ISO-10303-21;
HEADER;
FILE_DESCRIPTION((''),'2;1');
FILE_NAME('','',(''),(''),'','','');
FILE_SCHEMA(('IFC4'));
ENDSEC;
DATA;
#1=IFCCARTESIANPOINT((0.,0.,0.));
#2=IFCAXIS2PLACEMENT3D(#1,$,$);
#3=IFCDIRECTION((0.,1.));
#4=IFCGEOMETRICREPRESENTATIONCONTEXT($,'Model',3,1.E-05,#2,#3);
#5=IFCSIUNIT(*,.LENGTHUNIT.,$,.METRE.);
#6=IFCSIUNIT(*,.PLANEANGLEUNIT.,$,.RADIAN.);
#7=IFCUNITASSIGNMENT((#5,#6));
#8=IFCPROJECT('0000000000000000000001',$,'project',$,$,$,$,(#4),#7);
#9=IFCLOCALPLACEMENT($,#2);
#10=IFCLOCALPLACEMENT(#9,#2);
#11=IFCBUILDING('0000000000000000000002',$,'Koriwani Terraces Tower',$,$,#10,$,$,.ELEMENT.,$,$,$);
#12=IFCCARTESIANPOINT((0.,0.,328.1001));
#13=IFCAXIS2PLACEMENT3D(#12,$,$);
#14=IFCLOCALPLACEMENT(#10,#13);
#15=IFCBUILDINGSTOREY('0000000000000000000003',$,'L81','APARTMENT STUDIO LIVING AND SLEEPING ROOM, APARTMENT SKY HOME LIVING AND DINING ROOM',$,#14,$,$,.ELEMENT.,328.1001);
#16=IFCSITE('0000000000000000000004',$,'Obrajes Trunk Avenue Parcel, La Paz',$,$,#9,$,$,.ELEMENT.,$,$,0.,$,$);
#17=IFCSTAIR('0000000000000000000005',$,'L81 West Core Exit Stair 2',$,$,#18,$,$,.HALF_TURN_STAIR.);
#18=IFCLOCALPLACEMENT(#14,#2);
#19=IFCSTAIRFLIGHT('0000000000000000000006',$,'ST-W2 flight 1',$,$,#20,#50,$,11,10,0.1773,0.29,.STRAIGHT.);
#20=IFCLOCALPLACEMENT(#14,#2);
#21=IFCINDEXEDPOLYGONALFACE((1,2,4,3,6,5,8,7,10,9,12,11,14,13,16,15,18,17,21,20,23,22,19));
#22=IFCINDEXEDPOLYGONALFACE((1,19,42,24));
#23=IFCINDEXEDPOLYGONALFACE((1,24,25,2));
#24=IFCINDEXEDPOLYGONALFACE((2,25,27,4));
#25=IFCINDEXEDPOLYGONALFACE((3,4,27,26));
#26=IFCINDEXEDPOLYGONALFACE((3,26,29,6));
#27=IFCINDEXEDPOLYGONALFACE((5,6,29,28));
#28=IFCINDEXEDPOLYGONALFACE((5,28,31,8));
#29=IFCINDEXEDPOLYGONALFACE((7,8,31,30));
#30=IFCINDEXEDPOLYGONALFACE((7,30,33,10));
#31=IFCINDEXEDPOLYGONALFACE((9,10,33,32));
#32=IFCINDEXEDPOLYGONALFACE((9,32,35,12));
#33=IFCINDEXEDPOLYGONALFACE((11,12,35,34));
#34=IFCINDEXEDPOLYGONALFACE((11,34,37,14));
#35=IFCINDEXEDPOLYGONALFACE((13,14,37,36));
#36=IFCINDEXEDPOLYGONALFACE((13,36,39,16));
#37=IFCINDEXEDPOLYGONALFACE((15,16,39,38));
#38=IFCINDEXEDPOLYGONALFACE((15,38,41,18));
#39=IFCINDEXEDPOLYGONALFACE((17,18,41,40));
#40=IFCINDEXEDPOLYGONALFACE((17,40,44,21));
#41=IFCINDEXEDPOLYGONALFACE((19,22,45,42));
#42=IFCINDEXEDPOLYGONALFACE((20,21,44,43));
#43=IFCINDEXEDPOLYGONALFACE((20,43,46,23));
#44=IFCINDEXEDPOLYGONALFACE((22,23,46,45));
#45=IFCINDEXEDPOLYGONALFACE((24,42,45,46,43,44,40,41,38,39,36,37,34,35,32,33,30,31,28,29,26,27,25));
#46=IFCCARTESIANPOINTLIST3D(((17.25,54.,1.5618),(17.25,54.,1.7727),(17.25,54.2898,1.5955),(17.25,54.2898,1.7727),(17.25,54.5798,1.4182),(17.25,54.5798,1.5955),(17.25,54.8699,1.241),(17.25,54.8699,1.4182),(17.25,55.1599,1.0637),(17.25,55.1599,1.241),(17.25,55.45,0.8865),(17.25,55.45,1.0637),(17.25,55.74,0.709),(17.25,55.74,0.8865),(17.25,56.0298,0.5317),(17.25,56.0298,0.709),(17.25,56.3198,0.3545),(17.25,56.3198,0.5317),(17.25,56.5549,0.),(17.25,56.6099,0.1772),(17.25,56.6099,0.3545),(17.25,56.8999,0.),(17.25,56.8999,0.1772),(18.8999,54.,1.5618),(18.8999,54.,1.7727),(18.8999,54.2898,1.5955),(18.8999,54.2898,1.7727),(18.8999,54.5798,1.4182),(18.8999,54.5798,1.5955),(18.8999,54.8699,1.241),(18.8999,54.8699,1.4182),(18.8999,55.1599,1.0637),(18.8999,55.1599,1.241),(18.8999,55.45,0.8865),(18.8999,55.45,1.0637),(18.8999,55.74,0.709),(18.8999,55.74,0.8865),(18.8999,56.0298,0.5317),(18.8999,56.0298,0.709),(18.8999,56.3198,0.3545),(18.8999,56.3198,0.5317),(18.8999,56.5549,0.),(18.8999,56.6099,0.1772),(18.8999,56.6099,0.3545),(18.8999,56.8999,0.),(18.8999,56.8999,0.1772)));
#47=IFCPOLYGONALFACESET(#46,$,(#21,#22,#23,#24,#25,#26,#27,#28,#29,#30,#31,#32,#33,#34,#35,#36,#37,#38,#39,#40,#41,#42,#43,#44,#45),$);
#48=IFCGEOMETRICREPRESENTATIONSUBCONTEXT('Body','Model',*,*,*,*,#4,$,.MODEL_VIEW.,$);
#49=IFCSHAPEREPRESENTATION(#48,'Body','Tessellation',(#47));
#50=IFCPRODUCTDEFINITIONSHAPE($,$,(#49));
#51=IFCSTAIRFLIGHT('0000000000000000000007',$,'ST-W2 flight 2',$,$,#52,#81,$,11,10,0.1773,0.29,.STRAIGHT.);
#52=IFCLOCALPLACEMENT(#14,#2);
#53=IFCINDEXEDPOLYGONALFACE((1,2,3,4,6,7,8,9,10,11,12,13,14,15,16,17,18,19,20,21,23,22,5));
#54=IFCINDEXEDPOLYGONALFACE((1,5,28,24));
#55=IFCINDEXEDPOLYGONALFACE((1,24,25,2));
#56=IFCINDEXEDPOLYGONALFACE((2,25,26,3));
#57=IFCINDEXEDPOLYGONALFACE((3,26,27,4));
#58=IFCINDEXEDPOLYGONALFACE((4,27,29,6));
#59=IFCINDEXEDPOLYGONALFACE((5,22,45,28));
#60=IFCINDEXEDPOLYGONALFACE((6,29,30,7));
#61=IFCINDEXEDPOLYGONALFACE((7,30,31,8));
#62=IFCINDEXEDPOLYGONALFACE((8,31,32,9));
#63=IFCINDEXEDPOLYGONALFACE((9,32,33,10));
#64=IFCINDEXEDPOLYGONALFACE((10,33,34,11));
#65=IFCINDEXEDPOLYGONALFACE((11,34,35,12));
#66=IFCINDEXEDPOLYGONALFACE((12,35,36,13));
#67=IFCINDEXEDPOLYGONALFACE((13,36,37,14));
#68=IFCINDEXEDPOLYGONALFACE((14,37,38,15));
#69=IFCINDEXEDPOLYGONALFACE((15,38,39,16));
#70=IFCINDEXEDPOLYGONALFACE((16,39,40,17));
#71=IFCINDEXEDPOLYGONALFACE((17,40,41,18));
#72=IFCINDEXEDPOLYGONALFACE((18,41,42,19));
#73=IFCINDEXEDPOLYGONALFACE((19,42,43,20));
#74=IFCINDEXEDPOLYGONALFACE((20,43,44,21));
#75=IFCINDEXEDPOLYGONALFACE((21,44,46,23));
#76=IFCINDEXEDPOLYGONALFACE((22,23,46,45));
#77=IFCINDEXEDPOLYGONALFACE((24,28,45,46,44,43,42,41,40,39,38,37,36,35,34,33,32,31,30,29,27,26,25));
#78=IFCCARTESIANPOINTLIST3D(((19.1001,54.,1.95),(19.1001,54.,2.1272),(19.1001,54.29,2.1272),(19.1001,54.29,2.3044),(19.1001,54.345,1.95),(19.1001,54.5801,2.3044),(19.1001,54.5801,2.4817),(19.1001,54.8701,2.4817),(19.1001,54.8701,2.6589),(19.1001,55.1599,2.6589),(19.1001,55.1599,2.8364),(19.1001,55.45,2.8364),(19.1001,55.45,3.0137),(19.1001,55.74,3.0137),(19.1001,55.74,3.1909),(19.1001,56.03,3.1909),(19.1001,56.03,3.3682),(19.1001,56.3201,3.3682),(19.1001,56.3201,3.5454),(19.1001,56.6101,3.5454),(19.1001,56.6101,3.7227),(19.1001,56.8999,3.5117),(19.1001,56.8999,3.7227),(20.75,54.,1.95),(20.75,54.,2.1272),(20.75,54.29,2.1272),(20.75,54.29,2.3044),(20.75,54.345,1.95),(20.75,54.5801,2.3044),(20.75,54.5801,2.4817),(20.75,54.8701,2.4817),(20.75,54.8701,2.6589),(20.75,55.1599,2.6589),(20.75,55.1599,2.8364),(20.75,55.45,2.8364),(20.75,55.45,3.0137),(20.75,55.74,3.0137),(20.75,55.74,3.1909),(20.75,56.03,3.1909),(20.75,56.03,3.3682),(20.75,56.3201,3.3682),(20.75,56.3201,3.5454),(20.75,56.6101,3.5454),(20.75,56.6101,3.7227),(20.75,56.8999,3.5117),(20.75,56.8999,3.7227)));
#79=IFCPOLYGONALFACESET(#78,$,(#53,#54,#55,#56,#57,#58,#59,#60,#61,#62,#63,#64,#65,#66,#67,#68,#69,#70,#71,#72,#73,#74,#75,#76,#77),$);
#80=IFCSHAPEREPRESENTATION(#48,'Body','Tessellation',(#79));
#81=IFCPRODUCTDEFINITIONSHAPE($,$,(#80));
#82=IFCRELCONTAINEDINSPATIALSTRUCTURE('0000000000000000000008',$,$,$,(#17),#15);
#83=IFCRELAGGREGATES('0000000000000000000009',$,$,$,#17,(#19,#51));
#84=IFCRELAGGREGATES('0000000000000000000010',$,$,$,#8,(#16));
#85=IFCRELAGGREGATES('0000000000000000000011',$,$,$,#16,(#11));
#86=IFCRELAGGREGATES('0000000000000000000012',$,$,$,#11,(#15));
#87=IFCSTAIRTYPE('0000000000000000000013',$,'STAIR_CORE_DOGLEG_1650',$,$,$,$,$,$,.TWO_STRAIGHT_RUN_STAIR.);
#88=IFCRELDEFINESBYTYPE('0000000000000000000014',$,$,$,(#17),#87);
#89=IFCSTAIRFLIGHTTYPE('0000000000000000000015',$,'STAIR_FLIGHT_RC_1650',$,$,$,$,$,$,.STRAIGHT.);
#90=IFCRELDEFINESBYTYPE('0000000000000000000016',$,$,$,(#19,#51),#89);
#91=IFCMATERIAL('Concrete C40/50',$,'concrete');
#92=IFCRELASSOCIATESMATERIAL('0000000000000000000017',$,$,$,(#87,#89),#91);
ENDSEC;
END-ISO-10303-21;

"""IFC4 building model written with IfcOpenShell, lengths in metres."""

from ifc_helpers import new_model, si_unit, direction, frame, origin, place, context, subcontext, project, spatial, polyline, outline, extrude, material, type_object, element, aggregate, save


model = new_model("IFC4")

# Units and contexts
model_context = context("Model", 3, precision=1e-05, world=origin(), true_north=direction((0.0, 1.0)))
body_context = subcontext(model_context, "Body", "Model", "MODEL_VIEW")
ifc_project = project(units=[si_unit("LENGTHUNIT", "METRE"), si_unit("PLANEANGLEUNIT", "RADIAN")], contexts=[model_context])

# Site, building, storey
site_placement = place(None, origin())
site = spatial("IfcSite", under=ifc_project, at=site_placement, Name="Obrajes Trunk Avenue Parcel, La Paz", CompositionType="ELEMENT", RefElevation=0.0)
building_placement = place(site_placement, origin())
building = spatial("IfcBuilding", under=site, at=building_placement, Name="Koriwani Terraces Tower", CompositionType="ELEMENT")
storey_placement = place(building_placement, frame((0.0, 0.0, 328.1001)))
storey = spatial("IfcBuildingStorey", under=building, at=storey_placement, Name="L81", Description="APARTMENT STUDIO LIVING AND SLEEPING ROOM, APARTMENT SKY HOME LIVING AND DINING ROOM", CompositionType="ELEMENT", Elevation=328.1001)

# Shared definitions
ifc_material_1 = material(Name="Concrete C40/50", Category="concrete")

# Stair, stair flights
stair_type = type_object("IfcStairType", Name="STAIR_CORE_DOGLEG_1650", PredefinedType="TWO_STRAIGHT_RUN_STAIR", material=ifc_material_1)
stair_placement = place(storey_placement, origin())
stair = element("IfcStair", 1, at=stair_placement, inside=storey, type_object=stair_type, Name="L81 West Core Exit Stair 2", PredefinedType="HALF_TURN_STAIR")
stair_flight_type = type_object("IfcStairFlightType", Name="STAIR_FLIGHT_RC_1650", PredefinedType="STRAIGHT", material=ifc_material_1)
stair_flight_1_placement = place(storey_placement, frame((18.075, 56.8999, 0.0), z_axis=(0.0, 0.0, 1.0), x_axis=(0.0, -1.0, 0.0)))
stair_flight_1 = element("IfcStairFlight", 2, at=stair_flight_1_placement, type_object=stair_flight_type, Name="ST-W2 flight 1", NumberOfRisers=11, NumberOfTreads=10, PredefinedType="STRAIGHT", RiserHeight=0.1773, TreadLength=0.29, context=body_context, shape_type="SweptSolid", body=[
    extrude(outline(polyline([(0.0, 0.0), (0.0, 0.1772), (0.29, 0.1772), (0.29, 0.3545), (0.5801, 0.3545), (0.5801, 0.5317), (0.8701, 0.5317), (0.8701, 0.709), (1.1599, 0.709), (1.1599, 0.8865), (1.45, 0.8865), (1.45, 1.0637), (1.74, 1.0637), (1.74, 1.241), (2.03, 1.241), (2.03, 1.4182), (2.3201, 1.4182), (2.3201, 1.5955), (2.6101, 1.5955), (2.6101, 1.7727), (2.8999, 1.7727), (2.8999, 1.95), (2.8999, 1.5618), (0.345, 0.0), (0.0, 0.0)])), frame((0.0, 0.825, 0.0), z_axis=(0.0, -1.0, 0.0), x_axis=(1.0, 0.0, 0.0)), (0.0, 0.0, 1.0), 1.6499),
])
stair_flight_2_placement = place(storey_placement, frame((19.925, 54.0, 1.95), z_axis=(0.0, 0.0, 1.0), x_axis=(0.0, 1.0, 0.0)))
stair_flight_2 = element("IfcStairFlight", 3, at=stair_flight_2_placement, type_object=stair_flight_type, Name="ST-W2 flight 2", NumberOfRisers=11, NumberOfTreads=10, PredefinedType="STRAIGHT", RiserHeight=0.1773, TreadLength=0.29, context=body_context, shape_type="SweptSolid", body=[
    extrude(outline(polyline([(0.0, 0.0), (0.0, 0.1772), (0.29, 0.1772), (0.29, 0.3545), (0.5801, 0.3545), (0.5801, 0.5317), (0.8701, 0.5317), (0.8701, 0.709), (1.1599, 0.709), (1.1599, 0.8865), (1.45, 0.8865), (1.45, 1.0637), (1.74, 1.0637), (1.74, 1.241), (2.03, 1.241), (2.03, 1.4182), (2.3201, 1.4182), (2.3201, 1.5955), (2.6101, 1.5955), (2.6101, 1.7727), (2.8999, 1.7727), (2.8999, 1.95), (2.8999, 1.5618), (0.345, 0.0), (0.0, 0.0)])), frame((0.0, 0.825, 0.0), z_axis=(0.0, -1.0, 0.0), x_axis=(1.0, 0.0, 0.0)), (0.0, 0.0, 1.0), 1.6499),
])
aggregate(stair, [stair_flight_1, stair_flight_2])

save(model, "model.ifc")
